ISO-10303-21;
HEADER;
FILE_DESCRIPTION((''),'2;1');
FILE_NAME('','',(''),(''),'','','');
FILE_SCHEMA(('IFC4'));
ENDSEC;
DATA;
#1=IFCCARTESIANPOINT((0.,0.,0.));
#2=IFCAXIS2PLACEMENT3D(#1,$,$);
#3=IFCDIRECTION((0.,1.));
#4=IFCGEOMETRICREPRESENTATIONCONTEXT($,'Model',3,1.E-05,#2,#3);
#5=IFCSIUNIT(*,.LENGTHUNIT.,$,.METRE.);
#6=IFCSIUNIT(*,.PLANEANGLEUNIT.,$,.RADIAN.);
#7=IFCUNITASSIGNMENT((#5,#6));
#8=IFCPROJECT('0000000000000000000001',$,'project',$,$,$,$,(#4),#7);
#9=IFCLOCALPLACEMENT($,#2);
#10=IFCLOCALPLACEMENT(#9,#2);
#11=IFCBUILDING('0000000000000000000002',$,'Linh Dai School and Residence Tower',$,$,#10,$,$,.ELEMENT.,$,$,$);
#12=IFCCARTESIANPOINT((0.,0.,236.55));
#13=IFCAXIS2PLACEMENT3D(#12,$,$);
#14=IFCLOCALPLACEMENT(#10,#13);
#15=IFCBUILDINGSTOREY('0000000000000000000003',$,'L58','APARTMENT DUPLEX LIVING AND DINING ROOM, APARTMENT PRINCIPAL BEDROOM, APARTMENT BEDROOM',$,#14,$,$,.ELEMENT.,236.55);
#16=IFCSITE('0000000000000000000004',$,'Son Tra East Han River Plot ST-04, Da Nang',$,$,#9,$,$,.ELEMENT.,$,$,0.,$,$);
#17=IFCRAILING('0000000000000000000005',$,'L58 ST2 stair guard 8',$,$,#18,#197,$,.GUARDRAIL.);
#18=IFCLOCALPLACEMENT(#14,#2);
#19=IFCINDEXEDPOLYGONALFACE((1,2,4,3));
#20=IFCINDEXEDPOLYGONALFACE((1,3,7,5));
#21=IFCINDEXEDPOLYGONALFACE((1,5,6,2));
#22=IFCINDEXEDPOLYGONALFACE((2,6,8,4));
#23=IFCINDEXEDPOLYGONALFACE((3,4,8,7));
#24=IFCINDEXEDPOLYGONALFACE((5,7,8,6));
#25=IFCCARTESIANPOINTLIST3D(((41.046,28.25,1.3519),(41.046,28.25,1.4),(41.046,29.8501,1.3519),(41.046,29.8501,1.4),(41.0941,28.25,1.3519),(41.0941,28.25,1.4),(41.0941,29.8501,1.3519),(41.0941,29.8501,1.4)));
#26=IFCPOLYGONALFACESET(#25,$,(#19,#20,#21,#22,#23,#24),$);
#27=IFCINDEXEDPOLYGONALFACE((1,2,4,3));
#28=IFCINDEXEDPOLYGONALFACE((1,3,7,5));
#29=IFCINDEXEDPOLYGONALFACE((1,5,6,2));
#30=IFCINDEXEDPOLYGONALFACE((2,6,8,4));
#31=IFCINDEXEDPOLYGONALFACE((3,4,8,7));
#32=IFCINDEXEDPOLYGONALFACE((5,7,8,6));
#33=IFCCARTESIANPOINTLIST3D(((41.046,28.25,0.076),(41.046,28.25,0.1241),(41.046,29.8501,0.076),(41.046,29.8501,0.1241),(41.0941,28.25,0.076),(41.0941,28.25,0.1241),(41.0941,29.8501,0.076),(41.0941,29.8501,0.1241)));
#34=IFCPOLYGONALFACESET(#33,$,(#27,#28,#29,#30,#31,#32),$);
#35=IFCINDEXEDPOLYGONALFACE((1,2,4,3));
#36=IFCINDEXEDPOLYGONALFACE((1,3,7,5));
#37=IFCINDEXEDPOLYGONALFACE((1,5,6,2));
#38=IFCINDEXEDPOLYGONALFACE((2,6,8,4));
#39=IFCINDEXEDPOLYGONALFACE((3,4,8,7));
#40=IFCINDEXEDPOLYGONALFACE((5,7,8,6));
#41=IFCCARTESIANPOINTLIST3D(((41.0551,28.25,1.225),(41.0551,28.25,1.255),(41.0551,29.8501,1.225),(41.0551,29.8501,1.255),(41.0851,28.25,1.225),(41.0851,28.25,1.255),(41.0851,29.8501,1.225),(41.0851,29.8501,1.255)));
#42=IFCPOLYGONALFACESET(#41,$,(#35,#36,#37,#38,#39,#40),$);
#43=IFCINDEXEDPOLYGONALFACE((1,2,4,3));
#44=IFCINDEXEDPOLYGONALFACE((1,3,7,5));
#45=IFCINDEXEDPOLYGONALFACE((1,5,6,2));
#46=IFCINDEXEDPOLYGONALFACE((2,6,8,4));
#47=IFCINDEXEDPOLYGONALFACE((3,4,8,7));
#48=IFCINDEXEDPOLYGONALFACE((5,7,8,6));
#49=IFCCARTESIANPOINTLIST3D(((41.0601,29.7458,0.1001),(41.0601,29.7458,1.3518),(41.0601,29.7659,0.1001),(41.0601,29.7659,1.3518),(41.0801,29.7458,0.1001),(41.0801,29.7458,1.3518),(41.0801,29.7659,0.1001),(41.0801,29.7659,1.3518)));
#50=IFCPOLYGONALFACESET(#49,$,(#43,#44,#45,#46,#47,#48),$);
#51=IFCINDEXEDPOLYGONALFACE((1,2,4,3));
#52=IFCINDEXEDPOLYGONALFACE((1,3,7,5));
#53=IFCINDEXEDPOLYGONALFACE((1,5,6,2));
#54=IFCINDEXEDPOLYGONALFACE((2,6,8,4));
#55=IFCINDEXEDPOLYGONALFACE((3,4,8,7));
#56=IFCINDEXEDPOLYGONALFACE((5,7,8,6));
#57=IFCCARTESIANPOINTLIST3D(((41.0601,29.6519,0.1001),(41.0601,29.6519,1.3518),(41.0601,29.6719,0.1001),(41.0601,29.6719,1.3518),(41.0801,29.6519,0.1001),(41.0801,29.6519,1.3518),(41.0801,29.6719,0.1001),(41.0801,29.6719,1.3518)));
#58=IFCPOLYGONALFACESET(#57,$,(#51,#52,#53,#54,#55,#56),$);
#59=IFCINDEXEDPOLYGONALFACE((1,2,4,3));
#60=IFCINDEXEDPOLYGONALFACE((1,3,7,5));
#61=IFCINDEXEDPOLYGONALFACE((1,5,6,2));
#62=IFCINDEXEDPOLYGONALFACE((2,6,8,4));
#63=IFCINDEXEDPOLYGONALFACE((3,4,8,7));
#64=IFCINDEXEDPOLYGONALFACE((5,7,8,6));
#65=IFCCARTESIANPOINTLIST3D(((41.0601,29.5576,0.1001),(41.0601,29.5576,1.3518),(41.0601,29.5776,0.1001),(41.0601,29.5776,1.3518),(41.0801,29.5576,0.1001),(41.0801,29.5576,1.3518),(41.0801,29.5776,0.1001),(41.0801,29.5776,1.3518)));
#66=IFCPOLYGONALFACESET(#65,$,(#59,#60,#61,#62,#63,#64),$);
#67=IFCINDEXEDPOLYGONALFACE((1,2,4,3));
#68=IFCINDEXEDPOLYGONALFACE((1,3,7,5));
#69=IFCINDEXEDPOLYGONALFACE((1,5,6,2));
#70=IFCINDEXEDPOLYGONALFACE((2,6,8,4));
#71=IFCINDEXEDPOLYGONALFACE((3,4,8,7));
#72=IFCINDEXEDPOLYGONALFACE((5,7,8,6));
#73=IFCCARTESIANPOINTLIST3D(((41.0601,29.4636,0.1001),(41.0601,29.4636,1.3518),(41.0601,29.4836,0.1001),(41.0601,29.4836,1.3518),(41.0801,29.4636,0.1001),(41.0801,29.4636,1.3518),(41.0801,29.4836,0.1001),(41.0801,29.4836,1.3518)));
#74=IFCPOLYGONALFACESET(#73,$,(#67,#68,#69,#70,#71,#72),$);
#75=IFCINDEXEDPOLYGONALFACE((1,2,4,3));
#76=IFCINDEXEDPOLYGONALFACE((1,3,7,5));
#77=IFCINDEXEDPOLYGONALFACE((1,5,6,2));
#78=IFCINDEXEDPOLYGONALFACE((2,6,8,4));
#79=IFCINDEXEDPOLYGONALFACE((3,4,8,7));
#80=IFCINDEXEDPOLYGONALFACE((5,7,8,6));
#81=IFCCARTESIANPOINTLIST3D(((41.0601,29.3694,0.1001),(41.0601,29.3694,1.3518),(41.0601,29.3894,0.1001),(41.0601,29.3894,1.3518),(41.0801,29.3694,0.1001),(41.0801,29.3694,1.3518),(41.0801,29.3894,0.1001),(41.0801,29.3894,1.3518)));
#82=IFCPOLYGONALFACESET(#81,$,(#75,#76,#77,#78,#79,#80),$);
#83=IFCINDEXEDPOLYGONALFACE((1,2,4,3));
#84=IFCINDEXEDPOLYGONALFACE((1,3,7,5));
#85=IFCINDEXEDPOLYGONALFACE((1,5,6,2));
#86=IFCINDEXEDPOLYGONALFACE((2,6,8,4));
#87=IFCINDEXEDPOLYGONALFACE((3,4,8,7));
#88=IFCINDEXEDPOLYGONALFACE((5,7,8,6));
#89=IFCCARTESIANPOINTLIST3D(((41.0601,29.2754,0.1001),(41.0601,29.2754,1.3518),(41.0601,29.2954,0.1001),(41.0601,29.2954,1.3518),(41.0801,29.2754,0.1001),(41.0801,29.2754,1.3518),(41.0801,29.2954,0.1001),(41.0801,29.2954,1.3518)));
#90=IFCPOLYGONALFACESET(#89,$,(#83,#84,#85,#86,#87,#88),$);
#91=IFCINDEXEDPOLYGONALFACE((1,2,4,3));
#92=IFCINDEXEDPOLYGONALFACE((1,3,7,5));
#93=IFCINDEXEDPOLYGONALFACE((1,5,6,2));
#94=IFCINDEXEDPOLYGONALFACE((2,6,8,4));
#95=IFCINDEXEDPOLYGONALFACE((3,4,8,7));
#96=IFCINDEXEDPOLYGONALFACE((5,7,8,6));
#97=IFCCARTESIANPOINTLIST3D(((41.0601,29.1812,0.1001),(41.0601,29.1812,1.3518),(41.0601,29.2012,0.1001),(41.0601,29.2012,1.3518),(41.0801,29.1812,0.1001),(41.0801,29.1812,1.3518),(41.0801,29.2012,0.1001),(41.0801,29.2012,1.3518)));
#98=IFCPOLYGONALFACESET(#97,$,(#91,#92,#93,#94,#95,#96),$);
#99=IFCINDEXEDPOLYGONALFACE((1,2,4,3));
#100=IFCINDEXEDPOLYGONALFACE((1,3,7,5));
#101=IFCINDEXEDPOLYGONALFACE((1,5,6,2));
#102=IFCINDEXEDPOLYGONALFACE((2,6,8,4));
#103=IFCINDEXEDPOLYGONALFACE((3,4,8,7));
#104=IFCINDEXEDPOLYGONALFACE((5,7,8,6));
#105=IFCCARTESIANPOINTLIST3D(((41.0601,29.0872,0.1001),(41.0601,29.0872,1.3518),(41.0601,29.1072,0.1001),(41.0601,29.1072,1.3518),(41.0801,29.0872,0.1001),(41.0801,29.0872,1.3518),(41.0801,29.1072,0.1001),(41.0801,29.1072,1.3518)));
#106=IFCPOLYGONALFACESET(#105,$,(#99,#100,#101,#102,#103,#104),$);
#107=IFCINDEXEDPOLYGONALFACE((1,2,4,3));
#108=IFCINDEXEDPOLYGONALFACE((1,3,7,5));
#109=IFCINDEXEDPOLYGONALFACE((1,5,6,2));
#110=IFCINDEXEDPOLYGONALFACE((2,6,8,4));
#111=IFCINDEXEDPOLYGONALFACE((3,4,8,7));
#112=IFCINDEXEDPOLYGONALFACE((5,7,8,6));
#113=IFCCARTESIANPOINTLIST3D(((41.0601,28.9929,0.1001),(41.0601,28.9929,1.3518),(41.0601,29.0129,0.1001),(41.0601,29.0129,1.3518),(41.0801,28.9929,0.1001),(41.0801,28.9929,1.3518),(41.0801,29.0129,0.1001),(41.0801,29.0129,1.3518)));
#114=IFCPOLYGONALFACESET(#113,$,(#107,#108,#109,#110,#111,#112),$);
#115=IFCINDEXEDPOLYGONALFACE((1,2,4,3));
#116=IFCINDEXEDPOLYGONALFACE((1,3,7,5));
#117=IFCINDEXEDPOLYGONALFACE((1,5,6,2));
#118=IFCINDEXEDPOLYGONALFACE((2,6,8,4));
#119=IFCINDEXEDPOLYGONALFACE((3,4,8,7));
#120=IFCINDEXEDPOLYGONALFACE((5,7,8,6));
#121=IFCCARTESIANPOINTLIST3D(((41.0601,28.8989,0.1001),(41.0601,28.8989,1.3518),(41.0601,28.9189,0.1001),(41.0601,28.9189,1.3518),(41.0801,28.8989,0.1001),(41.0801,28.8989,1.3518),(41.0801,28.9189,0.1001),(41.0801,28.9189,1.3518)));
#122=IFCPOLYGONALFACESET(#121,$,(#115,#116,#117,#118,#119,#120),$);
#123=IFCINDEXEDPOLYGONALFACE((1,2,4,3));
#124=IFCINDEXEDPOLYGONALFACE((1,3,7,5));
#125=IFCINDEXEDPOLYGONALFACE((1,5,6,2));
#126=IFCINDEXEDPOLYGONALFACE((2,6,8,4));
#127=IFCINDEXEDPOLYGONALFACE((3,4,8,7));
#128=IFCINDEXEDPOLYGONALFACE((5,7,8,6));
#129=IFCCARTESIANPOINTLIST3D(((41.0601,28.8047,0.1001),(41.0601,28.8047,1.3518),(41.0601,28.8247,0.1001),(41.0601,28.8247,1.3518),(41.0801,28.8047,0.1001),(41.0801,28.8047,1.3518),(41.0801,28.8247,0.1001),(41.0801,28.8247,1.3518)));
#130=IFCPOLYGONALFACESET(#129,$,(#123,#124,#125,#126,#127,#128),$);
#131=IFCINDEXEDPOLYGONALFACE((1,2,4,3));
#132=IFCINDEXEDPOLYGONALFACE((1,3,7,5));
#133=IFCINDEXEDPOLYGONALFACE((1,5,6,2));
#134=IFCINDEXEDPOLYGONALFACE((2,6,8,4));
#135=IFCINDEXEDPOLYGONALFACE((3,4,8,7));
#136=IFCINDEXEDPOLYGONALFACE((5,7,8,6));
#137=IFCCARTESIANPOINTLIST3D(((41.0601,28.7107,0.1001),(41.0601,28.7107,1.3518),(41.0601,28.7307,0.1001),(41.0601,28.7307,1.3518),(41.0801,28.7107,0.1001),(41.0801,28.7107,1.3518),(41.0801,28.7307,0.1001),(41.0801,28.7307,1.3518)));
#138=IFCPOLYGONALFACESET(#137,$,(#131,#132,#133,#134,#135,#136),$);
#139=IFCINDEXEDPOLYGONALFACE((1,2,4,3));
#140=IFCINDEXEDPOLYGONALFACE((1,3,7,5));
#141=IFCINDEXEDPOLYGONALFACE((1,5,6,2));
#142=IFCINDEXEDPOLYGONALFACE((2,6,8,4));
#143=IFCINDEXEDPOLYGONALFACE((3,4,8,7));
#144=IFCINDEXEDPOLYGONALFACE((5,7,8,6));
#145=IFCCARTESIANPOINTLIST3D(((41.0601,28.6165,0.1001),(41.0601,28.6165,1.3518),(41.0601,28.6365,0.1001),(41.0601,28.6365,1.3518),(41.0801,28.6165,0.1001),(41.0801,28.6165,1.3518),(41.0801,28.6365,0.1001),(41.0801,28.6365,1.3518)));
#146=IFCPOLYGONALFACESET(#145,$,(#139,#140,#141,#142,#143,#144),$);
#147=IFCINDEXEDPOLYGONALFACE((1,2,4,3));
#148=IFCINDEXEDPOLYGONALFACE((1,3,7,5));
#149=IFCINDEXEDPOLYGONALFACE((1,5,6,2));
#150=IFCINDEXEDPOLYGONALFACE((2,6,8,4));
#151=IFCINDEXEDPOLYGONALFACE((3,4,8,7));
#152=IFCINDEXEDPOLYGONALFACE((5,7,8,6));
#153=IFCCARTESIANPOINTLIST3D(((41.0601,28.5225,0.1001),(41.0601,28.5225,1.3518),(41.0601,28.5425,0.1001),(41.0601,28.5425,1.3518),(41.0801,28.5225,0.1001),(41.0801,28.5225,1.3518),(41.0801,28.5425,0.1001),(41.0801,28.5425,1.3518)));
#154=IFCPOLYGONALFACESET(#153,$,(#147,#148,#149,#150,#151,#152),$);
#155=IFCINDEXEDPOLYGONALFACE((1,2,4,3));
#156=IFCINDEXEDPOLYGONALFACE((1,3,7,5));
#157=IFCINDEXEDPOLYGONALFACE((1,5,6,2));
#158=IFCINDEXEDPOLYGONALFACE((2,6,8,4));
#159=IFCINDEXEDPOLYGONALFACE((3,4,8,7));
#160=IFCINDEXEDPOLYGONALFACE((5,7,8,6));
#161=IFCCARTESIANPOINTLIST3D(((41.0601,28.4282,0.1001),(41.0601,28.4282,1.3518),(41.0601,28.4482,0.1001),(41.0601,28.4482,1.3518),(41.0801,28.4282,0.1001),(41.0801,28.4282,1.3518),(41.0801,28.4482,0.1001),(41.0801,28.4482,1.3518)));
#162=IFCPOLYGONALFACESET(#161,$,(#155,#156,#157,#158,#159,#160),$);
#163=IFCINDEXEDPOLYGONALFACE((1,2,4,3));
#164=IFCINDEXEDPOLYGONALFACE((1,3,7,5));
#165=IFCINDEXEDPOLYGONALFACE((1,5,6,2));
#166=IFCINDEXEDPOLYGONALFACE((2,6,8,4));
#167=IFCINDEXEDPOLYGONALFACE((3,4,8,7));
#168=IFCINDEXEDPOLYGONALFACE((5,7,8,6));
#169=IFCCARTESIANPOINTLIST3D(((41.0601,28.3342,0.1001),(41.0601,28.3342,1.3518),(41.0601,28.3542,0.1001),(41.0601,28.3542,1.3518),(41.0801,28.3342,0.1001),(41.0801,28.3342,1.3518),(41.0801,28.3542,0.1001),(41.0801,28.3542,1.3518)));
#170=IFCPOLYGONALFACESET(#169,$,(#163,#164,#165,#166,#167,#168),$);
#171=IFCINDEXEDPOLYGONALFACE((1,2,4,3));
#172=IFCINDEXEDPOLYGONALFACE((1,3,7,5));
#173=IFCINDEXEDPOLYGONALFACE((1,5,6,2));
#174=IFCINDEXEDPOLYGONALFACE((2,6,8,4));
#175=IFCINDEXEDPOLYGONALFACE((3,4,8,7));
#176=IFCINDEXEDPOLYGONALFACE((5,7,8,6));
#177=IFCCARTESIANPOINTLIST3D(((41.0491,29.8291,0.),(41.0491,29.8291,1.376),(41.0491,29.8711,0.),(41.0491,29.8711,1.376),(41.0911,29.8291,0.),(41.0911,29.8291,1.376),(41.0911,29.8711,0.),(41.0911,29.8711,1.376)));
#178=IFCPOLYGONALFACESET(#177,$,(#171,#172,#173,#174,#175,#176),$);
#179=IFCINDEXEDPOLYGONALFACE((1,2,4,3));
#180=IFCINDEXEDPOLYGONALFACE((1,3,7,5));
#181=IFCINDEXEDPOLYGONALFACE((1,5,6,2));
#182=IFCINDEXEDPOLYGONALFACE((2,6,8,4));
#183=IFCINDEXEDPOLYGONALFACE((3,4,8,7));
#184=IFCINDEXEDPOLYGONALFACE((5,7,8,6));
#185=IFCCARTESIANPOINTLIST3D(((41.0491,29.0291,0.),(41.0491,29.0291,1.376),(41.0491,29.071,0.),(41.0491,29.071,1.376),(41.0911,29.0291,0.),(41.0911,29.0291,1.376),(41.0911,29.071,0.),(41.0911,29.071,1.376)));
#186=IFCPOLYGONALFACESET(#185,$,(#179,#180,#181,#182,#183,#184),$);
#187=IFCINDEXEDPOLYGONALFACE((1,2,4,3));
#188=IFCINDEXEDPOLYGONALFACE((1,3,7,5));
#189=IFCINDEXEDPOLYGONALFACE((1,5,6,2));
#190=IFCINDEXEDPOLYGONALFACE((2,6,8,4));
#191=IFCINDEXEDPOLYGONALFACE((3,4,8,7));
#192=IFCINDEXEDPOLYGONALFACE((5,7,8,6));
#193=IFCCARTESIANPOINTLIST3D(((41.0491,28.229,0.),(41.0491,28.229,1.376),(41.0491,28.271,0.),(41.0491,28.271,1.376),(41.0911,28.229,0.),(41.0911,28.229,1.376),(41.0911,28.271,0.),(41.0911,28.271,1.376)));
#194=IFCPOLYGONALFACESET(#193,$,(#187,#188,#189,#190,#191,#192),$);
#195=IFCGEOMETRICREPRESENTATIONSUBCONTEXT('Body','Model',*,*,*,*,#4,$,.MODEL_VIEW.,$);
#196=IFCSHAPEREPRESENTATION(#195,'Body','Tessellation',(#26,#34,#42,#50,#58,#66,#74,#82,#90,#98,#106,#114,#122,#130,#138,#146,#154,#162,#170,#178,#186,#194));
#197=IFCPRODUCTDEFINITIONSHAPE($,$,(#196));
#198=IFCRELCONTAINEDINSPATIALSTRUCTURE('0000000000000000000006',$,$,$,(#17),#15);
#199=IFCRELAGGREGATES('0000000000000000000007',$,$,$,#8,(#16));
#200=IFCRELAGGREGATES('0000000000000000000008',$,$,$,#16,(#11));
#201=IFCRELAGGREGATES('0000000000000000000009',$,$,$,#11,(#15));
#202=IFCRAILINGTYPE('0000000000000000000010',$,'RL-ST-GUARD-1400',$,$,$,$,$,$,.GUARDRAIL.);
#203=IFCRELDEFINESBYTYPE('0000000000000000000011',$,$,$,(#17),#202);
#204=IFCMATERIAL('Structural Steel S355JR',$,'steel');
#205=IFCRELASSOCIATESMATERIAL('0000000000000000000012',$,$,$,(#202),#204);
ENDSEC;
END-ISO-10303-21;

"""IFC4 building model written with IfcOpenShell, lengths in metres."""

from ifc_helpers import new_model, si_unit, direction, frame, origin, origin_2d, place, context, subcontext, project, spatial, rectangle, extrude, source, transform, mapped, material, type_object, element, save


model = new_model("IFC4")

# Units and contexts
model_context = context("Model", 3, precision=1e-05, world=origin(), true_north=direction((0.0, 1.0)))
body_context = subcontext(model_context, "Body", "Model", "MODEL_VIEW")
ifc_project = project(units=[si_unit("LENGTHUNIT", "METRE"), si_unit("PLANEANGLEUNIT", "RADIAN")], contexts=[model_context])

# Site, building, storey
site_placement = place(None, origin())
site = spatial("IfcSite", under=ifc_project, at=site_placement, Name="Son Tra East Han River Plot ST-04, Da Nang", CompositionType="ELEMENT", RefElevation=0.0)
building_placement = place(site_placement, origin())
building = spatial("IfcBuilding", under=site, at=building_placement, Name="Linh Dai School and Residence Tower", CompositionType="ELEMENT")
storey_placement = place(building_placement, frame((0.0, 0.0, 236.55)))
storey = spatial("IfcBuildingStorey", under=building, at=storey_placement, Name="L58", Description="APARTMENT DUPLEX LIVING AND DINING ROOM, APARTMENT PRINCIPAL BEDROOM, APARTMENT BEDROOM", CompositionType="ELEMENT", Elevation=236.55)

# Shared definitions
ifc_material_1 = material(Name="Structural Steel S355JR", Category="steel")

# Railing
railing_type_1 = type_object("IfcRailingType", Name="RL-ST-GUARD-1400", PredefinedType="GUARDRAIL", material=ifc_material_1)
shared_shape_1 = source(origin(), body_context, "Body", "SweptSolid", [
    extrude(rectangle(XDim=0.0481, YDim=0.0481, at=origin_2d()), frame((0.0, 0.0, 1.376), z_axis=(0.0, -1.0, 0.0), x_axis=(1.0, 0.0, 0.0)), (0.0, 0.0, 1.0), 1.6001),
    extrude(rectangle(XDim=0.0481, YDim=0.0481, at=origin_2d()), frame((0.0, 0.0, 0.1001), z_axis=(0.0, -1.0, 0.0), x_axis=(1.0, 0.0, 0.0)), (0.0, 0.0, 1.0), 1.6001),
    extrude(rectangle(XDim=0.03, YDim=0.03, at=origin_2d()), frame((0.0, 0.0, 1.24), z_axis=(0.0, -1.0, 0.0), x_axis=(1.0, 0.0, 0.0)), (0.0, 0.0, 1.0), 1.6001),
    extrude(rectangle(XDim=0.02, YDim=0.02, at=origin_2d()), frame((0.0, -0.0942, 0.1001)), (0.0, 0.0, 1.0), 1.2517),
    extrude(rectangle(XDim=0.02, YDim=0.02, at=origin_2d()), frame((0.0, -0.1882, 0.1001)), (0.0, 0.0, 1.0), 1.2517),
    extrude(rectangle(XDim=0.02, YDim=0.02, at=origin_2d()), frame((0.0, -0.2825, 0.1001)), (0.0, 0.0, 1.0), 1.2517),
    extrude(rectangle(XDim=0.02, YDim=0.02, at=origin_2d()), frame((0.0, -0.3765, 0.1001)), (0.0, 0.0, 1.0), 1.2517),
    extrude(rectangle(XDim=0.02, YDim=0.02, at=origin_2d()), frame((0.0, -0.4707, 0.1001)), (0.0, 0.0, 1.0), 1.2517),
    extrude(rectangle(XDim=0.02, YDim=0.02, at=origin_2d()), frame((0.0, -0.5647, 0.1001)), (0.0, 0.0, 1.0), 1.2517),
    extrude(rectangle(XDim=0.02, YDim=0.02, at=origin_2d()), frame((0.0, -0.6589, 0.1001)), (0.0, 0.0, 1.0), 1.2517),
    extrude(rectangle(XDim=0.02, YDim=0.02, at=origin_2d()), frame((0.0, -0.7529, 0.1001)), (0.0, 0.0, 1.0), 1.2517),
    extrude(rectangle(XDim=0.02, YDim=0.02, at=origin_2d()), frame((0.0, -0.8472, 0.1001)), (0.0, 0.0, 1.0), 1.2517),
    extrude(rectangle(XDim=0.02, YDim=0.02, at=origin_2d()), frame((0.0, -0.9412, 0.1001)), (0.0, 0.0, 1.0), 1.2517),
    extrude(rectangle(XDim=0.02, YDim=0.02, at=origin_2d()), frame((0.0, -1.0354, 0.1001)), (0.0, 0.0, 1.0), 1.2517),
    extrude(rectangle(XDim=0.02, YDim=0.02, at=origin_2d()), frame((0.0, -1.1294, 0.1001)), (0.0, 0.0, 1.0), 1.2517),
    extrude(rectangle(XDim=0.02, YDim=0.02, at=origin_2d()), frame((0.0, -1.2236, 0.1001)), (0.0, 0.0, 1.0), 1.2517),
    extrude(rectangle(XDim=0.02, YDim=0.02, at=origin_2d()), frame((0.0, -1.3176, 0.1001)), (0.0, 0.0, 1.0), 1.2517),
    extrude(rectangle(XDim=0.02, YDim=0.02, at=origin_2d()), frame((0.0, -1.4119, 0.1001)), (0.0, 0.0, 1.0), 1.2517),
    extrude(rectangle(XDim=0.02, YDim=0.02, at=origin_2d()), frame((0.0, -1.5059, 0.1001)), (0.0, 0.0, 1.0), 1.2517),
    extrude(rectangle(XDim=0.042, YDim=0.042, at=origin_2d()), origin(), (0.0, 0.0, 1.0), 1.376),
    extrude(rectangle(XDim=0.042, YDim=0.042, at=origin_2d()), frame((0.0, -0.8, 0.0)), (0.0, 0.0, 1.0), 1.376),
    extrude(rectangle(XDim=0.042, YDim=0.042, at=origin_2d()), frame((0.0, -1.6001, 0.0)), (0.0, 0.0, 1.0), 1.376),
])
railing_1_placement = place(storey_placement, frame((41.0701, 29.8501, 0.0)))
element("IfcRailing", 1, at=railing_1_placement, inside=storey, type_object=railing_type_1, Name="L58 ST2 stair guard 8", PredefinedType="GUARDRAIL", context=body_context, shape_type="MappedRepresentation", body=[
    mapped(shared_shape_1, transform((0.0, 0.0, 0.0), x_axis=(1.0, 0.0, 0.0), y_axis=(0.0, 1.0, 0.0), z_axis=(0.0, 0.0, 1.0), scale=1.0)),
])

save(model, "model.ifc")
